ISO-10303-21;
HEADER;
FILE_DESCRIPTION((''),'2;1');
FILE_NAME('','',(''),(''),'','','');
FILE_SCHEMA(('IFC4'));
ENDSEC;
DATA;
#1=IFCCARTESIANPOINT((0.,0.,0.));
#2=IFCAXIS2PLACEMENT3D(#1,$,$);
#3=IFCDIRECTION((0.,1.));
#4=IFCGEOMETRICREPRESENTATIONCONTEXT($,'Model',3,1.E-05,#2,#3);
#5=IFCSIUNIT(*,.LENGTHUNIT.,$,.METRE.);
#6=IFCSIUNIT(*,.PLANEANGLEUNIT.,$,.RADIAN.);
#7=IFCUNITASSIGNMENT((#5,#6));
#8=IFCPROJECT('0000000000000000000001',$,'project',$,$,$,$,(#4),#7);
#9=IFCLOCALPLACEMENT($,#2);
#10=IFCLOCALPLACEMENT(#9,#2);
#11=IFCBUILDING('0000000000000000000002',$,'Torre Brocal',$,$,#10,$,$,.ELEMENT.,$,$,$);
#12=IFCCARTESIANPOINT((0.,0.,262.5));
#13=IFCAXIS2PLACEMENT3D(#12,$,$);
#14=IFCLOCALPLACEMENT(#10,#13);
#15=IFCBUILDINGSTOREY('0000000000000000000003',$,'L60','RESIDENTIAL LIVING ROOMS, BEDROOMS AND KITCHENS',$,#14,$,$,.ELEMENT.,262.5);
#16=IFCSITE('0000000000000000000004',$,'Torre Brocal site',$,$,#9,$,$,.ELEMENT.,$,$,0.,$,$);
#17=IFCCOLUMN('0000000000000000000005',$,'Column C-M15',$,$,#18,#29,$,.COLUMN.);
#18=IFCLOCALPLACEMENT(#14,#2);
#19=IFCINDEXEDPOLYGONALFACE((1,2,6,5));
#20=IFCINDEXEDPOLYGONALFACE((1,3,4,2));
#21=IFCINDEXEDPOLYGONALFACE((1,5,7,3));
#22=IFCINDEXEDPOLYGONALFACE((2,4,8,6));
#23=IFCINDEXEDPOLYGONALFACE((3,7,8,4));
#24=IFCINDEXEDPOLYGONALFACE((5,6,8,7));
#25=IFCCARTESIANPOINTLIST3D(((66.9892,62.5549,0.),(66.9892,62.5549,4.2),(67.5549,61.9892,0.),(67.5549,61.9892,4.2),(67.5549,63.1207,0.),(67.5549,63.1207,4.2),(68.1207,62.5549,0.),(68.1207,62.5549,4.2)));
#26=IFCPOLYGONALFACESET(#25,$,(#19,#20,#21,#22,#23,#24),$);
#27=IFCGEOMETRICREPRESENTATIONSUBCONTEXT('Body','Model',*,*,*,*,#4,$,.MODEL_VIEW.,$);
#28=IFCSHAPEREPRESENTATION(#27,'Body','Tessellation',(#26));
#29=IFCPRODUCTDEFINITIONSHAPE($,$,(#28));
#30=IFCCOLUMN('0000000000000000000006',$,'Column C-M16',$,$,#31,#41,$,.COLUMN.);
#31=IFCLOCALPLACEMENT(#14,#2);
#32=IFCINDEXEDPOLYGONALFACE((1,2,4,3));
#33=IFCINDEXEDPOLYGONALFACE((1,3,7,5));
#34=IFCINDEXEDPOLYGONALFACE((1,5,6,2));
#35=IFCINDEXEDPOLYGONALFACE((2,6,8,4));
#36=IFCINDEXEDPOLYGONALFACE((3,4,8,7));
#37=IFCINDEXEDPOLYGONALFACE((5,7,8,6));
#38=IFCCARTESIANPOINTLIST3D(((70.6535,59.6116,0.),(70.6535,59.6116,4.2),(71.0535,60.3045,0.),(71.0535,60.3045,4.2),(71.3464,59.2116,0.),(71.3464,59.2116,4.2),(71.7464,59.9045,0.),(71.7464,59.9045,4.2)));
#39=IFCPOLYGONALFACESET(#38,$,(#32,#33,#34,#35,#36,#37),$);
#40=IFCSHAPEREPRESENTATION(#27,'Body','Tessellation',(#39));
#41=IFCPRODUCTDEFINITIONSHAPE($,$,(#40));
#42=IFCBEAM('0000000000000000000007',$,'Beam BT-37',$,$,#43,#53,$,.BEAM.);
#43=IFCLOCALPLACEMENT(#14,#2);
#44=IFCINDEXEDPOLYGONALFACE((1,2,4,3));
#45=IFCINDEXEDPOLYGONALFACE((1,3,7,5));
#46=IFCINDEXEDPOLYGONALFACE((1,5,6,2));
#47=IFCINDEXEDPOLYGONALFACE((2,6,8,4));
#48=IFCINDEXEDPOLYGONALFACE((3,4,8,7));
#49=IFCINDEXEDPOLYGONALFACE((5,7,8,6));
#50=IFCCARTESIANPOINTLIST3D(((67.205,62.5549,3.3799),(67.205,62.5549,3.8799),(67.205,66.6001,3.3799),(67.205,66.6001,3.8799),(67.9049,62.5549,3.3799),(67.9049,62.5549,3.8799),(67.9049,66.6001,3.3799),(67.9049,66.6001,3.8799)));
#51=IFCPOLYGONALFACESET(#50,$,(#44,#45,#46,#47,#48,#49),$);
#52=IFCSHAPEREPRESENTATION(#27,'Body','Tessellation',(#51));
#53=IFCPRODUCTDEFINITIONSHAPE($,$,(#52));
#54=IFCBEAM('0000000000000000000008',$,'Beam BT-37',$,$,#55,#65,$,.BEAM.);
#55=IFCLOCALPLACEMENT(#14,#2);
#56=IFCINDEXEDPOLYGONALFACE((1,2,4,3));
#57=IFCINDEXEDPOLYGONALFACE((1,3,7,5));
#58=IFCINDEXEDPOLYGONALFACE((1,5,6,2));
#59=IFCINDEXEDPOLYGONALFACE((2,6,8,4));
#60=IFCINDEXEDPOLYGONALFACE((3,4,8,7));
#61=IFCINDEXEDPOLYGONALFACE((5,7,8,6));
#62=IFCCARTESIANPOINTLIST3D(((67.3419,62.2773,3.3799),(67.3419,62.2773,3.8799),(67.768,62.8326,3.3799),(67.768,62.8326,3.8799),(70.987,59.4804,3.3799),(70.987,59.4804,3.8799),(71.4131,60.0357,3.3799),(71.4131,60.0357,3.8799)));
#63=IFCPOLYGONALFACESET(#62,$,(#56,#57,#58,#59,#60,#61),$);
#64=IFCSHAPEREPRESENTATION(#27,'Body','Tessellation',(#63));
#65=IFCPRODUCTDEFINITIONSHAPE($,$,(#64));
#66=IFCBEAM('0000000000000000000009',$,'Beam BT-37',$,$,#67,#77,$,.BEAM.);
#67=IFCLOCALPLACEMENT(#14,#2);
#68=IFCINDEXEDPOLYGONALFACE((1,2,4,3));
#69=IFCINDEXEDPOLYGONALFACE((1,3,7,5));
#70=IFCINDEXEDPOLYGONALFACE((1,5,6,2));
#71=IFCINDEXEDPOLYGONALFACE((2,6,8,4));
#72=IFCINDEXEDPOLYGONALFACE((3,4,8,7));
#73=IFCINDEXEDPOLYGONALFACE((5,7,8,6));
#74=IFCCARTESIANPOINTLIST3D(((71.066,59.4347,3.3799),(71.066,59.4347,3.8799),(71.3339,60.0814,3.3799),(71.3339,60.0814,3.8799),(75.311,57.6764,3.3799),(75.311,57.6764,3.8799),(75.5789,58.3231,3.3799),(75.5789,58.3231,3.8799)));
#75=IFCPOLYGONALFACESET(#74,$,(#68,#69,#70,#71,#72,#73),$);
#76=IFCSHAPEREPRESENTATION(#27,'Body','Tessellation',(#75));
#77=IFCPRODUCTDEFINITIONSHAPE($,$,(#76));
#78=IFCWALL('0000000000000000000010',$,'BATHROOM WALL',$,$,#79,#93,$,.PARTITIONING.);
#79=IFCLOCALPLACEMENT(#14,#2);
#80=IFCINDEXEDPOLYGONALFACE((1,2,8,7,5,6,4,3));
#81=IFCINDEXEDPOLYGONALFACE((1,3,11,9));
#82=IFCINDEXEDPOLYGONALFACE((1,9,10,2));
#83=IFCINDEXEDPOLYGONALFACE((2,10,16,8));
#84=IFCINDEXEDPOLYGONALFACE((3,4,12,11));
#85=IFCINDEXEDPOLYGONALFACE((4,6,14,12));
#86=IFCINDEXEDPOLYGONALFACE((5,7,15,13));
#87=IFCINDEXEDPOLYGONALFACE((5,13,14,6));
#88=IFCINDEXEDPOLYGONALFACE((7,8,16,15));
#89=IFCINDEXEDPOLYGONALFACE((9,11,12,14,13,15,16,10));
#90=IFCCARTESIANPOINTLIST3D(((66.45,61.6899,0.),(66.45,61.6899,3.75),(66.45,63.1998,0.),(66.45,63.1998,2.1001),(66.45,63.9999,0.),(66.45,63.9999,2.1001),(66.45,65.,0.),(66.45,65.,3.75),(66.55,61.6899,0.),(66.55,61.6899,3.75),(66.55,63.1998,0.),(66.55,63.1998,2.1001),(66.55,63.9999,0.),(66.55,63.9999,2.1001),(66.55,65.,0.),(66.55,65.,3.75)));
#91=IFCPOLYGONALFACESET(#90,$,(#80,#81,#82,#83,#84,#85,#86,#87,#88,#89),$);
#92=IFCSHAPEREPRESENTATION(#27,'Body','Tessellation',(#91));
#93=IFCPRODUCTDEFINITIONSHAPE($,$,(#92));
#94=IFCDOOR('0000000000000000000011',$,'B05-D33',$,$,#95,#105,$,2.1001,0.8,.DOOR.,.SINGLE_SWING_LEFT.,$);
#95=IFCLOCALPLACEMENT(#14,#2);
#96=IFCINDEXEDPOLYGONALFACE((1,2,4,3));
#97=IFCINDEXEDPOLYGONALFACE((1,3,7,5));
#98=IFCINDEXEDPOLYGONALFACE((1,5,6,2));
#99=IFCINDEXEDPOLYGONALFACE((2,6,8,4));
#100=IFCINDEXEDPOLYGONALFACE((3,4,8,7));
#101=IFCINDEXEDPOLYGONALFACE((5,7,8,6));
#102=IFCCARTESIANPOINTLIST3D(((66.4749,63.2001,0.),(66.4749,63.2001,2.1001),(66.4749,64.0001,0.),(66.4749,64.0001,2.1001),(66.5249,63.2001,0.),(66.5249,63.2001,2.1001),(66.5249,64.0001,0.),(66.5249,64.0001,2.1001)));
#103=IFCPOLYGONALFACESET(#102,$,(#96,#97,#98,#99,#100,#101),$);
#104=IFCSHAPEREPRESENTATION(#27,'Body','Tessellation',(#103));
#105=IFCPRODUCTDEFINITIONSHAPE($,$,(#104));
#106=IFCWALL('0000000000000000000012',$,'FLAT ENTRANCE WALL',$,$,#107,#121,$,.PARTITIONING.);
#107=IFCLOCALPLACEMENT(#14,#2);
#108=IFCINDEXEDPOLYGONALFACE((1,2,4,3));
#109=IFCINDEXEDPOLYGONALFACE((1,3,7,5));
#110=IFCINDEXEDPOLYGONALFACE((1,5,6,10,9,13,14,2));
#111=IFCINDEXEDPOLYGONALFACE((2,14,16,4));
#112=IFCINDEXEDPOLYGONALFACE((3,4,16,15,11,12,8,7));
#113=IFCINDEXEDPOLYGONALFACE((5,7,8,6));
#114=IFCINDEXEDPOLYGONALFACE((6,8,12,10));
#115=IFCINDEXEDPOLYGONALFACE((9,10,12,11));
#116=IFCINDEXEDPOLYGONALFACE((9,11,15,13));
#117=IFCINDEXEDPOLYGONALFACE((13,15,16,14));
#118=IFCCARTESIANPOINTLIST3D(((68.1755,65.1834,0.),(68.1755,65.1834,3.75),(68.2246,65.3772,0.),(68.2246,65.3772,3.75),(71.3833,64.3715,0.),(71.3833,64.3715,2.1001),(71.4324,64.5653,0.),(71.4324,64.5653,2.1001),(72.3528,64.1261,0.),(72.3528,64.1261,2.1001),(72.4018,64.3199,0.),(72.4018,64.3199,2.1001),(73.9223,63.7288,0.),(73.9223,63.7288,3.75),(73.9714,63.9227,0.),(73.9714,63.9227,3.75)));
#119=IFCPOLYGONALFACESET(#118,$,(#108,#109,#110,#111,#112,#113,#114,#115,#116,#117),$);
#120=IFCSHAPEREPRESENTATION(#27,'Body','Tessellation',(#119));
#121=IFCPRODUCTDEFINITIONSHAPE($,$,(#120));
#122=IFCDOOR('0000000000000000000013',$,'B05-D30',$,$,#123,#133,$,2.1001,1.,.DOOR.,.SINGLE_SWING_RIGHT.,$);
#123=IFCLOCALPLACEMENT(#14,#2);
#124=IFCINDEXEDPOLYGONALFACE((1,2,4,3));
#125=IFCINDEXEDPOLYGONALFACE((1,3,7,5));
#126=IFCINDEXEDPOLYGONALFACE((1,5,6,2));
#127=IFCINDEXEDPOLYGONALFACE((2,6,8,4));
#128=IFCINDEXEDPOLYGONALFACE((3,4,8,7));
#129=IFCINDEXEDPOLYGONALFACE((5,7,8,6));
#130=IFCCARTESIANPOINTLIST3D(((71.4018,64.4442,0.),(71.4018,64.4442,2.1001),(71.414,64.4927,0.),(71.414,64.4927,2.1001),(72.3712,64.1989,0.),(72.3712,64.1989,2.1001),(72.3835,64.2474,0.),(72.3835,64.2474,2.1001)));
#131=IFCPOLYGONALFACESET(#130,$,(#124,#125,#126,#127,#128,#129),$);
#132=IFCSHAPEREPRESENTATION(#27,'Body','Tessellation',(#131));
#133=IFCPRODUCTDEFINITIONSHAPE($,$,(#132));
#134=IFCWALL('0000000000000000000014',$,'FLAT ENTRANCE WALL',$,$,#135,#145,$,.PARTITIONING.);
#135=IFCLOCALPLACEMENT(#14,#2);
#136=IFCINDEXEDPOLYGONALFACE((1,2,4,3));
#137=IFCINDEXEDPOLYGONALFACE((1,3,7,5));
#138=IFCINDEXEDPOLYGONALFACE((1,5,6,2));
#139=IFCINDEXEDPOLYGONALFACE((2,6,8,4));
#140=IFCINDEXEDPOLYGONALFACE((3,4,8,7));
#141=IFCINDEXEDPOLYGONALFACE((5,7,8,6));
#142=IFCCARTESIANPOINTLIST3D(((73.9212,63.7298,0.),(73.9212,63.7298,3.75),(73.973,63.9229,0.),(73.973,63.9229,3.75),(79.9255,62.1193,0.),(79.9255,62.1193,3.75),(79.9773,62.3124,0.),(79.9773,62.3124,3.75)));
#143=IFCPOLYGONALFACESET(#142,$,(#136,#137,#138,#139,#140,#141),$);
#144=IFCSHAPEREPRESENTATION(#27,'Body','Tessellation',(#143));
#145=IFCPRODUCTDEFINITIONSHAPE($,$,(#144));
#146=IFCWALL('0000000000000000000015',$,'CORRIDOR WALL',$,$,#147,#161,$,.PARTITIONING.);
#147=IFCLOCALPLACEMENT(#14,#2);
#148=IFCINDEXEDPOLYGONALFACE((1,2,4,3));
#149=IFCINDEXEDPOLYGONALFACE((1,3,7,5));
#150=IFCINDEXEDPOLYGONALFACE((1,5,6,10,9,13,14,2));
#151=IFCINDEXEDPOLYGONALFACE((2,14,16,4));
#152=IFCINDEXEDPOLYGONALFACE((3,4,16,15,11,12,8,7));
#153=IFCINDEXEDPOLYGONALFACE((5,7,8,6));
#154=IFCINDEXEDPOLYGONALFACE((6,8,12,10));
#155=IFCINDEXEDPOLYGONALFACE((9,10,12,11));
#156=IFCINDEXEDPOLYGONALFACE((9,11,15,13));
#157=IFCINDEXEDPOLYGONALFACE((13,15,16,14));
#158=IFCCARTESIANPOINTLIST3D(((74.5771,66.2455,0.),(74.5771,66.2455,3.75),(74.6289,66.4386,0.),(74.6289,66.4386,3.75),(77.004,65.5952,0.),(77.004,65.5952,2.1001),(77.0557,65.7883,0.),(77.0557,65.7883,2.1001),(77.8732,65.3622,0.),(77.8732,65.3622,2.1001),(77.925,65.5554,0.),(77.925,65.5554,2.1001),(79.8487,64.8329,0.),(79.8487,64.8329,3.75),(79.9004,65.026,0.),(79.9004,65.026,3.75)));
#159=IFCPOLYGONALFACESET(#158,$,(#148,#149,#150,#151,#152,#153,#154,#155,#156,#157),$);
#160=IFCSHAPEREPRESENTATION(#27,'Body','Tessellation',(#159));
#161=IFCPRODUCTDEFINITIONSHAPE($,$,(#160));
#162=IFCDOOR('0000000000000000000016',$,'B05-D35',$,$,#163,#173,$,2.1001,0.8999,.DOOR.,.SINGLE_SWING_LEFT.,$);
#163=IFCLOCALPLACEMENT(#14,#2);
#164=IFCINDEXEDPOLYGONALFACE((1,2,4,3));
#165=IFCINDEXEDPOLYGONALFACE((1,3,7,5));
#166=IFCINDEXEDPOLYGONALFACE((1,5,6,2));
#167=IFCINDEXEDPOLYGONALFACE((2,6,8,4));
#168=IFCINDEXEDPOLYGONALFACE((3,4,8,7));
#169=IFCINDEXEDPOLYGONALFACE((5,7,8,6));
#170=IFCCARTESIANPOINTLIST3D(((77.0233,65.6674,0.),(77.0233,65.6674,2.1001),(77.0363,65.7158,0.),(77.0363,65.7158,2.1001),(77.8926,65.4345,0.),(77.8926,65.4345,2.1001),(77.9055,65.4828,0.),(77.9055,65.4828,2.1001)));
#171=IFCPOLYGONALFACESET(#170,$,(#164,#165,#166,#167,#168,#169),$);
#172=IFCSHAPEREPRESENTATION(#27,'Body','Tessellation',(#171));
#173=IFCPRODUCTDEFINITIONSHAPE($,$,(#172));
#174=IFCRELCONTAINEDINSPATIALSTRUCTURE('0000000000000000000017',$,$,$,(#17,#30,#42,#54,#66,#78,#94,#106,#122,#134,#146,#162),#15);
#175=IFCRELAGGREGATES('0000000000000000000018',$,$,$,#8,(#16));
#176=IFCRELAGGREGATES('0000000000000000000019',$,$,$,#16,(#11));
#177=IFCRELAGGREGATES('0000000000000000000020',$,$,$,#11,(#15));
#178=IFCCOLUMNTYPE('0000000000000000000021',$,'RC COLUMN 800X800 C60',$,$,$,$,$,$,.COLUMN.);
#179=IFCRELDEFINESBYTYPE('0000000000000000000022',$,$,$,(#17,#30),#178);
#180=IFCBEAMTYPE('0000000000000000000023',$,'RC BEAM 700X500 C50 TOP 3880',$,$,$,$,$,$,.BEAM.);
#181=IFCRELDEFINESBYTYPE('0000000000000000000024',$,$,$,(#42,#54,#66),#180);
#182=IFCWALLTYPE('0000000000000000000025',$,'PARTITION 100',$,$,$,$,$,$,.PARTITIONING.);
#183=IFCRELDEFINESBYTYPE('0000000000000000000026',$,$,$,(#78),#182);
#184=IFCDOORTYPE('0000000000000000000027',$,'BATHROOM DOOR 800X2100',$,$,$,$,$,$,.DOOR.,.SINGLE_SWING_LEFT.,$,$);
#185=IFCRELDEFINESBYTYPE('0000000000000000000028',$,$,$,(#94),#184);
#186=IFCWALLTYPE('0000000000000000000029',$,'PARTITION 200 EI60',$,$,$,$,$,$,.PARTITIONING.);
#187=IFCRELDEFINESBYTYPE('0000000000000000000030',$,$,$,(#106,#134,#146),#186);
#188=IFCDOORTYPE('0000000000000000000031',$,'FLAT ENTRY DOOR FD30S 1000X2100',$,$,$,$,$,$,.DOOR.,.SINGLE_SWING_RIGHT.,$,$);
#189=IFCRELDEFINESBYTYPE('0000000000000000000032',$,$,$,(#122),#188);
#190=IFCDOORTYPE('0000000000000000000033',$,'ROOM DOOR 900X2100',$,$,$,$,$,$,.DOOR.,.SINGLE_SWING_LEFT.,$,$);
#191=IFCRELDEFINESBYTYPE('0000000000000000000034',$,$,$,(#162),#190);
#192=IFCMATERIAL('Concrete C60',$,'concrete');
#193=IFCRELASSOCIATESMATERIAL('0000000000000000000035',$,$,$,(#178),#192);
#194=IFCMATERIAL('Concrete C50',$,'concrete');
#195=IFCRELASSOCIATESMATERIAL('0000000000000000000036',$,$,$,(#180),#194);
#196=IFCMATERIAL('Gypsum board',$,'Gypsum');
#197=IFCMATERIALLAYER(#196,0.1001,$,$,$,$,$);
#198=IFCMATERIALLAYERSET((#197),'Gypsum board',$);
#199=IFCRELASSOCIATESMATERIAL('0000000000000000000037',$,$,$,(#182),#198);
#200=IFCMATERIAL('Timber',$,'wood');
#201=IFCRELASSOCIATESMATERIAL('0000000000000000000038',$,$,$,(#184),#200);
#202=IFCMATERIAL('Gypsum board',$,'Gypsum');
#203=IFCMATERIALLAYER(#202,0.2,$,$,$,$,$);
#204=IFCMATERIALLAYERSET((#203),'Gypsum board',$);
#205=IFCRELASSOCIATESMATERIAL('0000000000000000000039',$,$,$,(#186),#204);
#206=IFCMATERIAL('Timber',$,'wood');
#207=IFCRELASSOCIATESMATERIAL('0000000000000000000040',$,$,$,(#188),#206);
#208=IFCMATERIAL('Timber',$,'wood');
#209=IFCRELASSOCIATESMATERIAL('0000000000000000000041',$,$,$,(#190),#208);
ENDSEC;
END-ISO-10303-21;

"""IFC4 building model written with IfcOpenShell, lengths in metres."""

from ifc_helpers import new_model, si_unit, direction, frame, frame_2d, origin, origin_2d, place, context, subcontext, project, spatial, rectangle, extrude, material, layer, layer_set, material_profile, profile_set, type_object, element, fill, save


model = new_model("IFC4")

# Units and contexts
model_context = context("Model", 3, precision=1e-05, world=origin(), true_north=direction((0.0, 1.0)))
body_context = subcontext(model_context, "Body", "Model", "MODEL_VIEW")
ifc_project = project(units=[si_unit("LENGTHUNIT", "METRE"), si_unit("PLANEANGLEUNIT", "RADIAN")], contexts=[model_context])

# Site, building, storey
site_placement = place(None, origin())
site = spatial("IfcSite", under=ifc_project, at=site_placement, Name="Torre Brocal site", CompositionType="ELEMENT", RefElevation=0.0)
building_placement = place(site_placement, origin())
building = spatial("IfcBuilding", under=site, at=building_placement, Name="Torre Brocal", CompositionType="ELEMENT")
storey_placement = place(building_placement, frame((0.0, 0.0, 262.5)))
storey = spatial("IfcBuildingStorey", under=building, at=storey_placement, Name="L60", Description="RESIDENTIAL LIVING ROOMS, BEDROOMS AND KITCHENS", CompositionType="ELEMENT", Elevation=262.5)

# Columns
ifc_material_1 = material(Name="Concrete C60", Category="concrete")
ifc_material_profile_1 = material_profile(ifc_material_1, rectangle(XDim=0.8, YDim=0.8, at=origin_2d()), Name="RC 800X800")
ifc_profile_set_1 = profile_set([ifc_material_profile_1], Name="Concrete C60")
column_type = type_object("IfcColumnType", Name="RC COLUMN 800X800 C60", PredefinedType="COLUMN", material=ifc_profile_set_1)
for number, where, z_axis, x_axis, name in (
    (1, (67.5549, 62.5549, 0.0), (0.0, 0.0, 1.0), (-0.707107, -0.707107, 0.0), "Column C-M15"),
    (2, (71.2, 59.7581, 0.0), (0.0, 0.0, 1.0), (-0.5, -0.866025, 0.0), "Column C-M16"),
):
    element("IfcColumn", number, at=place(storey_placement, frame(where, z_axis=z_axis, x_axis=x_axis)), inside=storey, type_object=column_type, Name=name, PredefinedType="COLUMN", context=body_context, shape_type="SweptSolid", body=[
        extrude(rectangle(XDim=0.8, YDim=0.8, at=origin_2d()), origin(), (0.0, 0.0, 1.0), 4.2),
    ])

# Beams
ifc_material_2 = material(Name="Concrete C50", Category="concrete")
ifc_material_profile_2 = material_profile(ifc_material_2, rectangle(XDim=0.7, YDim=0.5, at=origin_2d()), Name="RC 700X500")
ifc_profile_set_2 = profile_set([ifc_material_profile_2], Name="Concrete C50")
beam_type = type_object("IfcBeamType", Name="RC BEAM 700X500 C50 TOP 3880", PredefinedType="BEAM", material=ifc_profile_set_2)
beam_1_placement = place(storey_placement, frame((67.5549, 62.5549, 3.6299), z_axis=(0.0, 1.0, 0.0), x_axis=(-1.0, 0.0, 0.0)))
element("IfcBeam", 3, at=beam_1_placement, inside=storey, type_object=beam_type, Name="Beam BT-37", PredefinedType="BEAM", context=body_context, shape_type="SweptSolid", body=[
    extrude(rectangle(XDim=0.7, YDim=0.5, at=origin_2d()), origin(), (0.0, 0.0, 1.0), 4.0452),
])
beam_2_placement = place(storey_placement, frame((67.5549, 62.5549, 3.6299), z_axis=(0.793358, -0.608755, 0.0), x_axis=(0.608755, 0.793358, 0.0)))
element("IfcBeam", 4, at=beam_2_placement, inside=storey, type_object=beam_type, Name="Beam BT-37", PredefinedType="BEAM", context=body_context, shape_type="SweptSolid", body=[
    extrude(rectangle(XDim=0.7, YDim=0.5, at=origin_2d()), origin(), (0.0, 0.0, 1.0), 4.5945),
])
beam_3_placement = place(storey_placement, frame((71.2, 59.7581, 3.6299), z_axis=(0.923878, -0.382687, 0.0), x_axis=(0.382687, 0.923878, 0.0)))
element("IfcBeam", 5, at=beam_3_placement, inside=storey, type_object=beam_type, Name="Beam BT-37", PredefinedType="BEAM", context=body_context, shape_type="SweptSolid", body=[
    extrude(rectangle(XDim=0.7, YDim=0.5, at=origin_2d()), origin(), (0.0, 0.0, 1.0), 4.5947),
])

# Walls, openings, doors
ifc_material_3 = material(Name="Gypsum board", Category="Gypsum")
ifc_layer_1 = layer(ifc_material_3, 0.1001)
ifc_layer_set_1 = layer_set([ifc_layer_1], Name="Gypsum board")
wall_type_1 = type_object("IfcWallType", Name="PARTITION 100", PredefinedType="PARTITIONING", material=ifc_layer_set_1)
wall_1_placement = place(storey_placement, frame((66.5, 61.6899, 0.0), z_axis=(0.0, 0.0, 1.0), x_axis=(0.0, 1.0, 0.0)))
wall_1 = element("IfcWall", 6, at=wall_1_placement, inside=storey, type_object=wall_type_1, Name="BATHROOM WALL", PredefinedType="PARTITIONING", context=body_context, shape_type="SweptSolid", body=[
    extrude(rectangle(XDim=3.3101, YDim=0.1001, at=frame_2d((1.655, 0.0))), origin(), (0.0, 0.0, 1.0), 3.75),
])
opening_1_placement = place(wall_1_placement, frame((1.51, 0.0, 0.0)))
opening_1 = element("IfcOpeningElement", 7, at=opening_1_placement, cuts=wall_1, PredefinedType="OPENING", context=body_context, shape_type="SweptSolid", body=[
    extrude(rectangle(XDim=0.8, YDim=2.1001, at=frame_2d((0.3999, 1.05))), frame((0.0, 0.0601, 0.0), z_axis=(0.0, -1.0, 0.0), x_axis=(1.0, 0.0, 0.0)), (0.0, 0.0, 1.0), 0.1201),
])
ifc_material_4 = material(Name="Timber", Category="wood")
door_type_1 = type_object("IfcDoorType", Name="BATHROOM DOOR 800X2100", OperationType="SINGLE_SWING_LEFT", PredefinedType="DOOR", material=ifc_material_4)
door_1_placement = place(opening_1_placement, frame((0.8, 0.0, 0.0), z_axis=(0.0, 0.0, 1.0), x_axis=(-1.0, 0.0, 0.0)))
door_1 = element("IfcDoor", 8, at=door_1_placement, inside=storey, type_object=door_type_1, Name="B05-D33", OperationType="SINGLE_SWING_LEFT", OverallHeight=2.1001, OverallWidth=0.8, PredefinedType="DOOR", context=body_context, shape_type="SweptSolid", body=[
    extrude(rectangle(XDim=0.8, YDim=2.1001, at=frame_2d((0.3999, 1.05))), frame((0.0, 0.0249, 0.0), z_axis=(0.0, -1.0, 0.0), x_axis=(1.0, 0.0, 0.0)), (0.0, 0.0, 1.0), 0.05),
])
fill(opening_1, door_1)
ifc_material_5 = material(Name="Gypsum board", Category="Gypsum")
ifc_layer_2 = layer(ifc_material_5, 0.2)
ifc_layer_set_2 = layer_set([ifc_layer_2], Name="Gypsum board")
wall_type_2 = type_object("IfcWallType", Name="PARTITION 200 EI60", PredefinedType="PARTITIONING", material=ifc_layer_set_2)
wall_2_placement = place(storey_placement, frame((68.2002, 65.2803, 0.0), z_axis=(0.0, 0.0, 1.0), x_axis=(0.969429, -0.245374, 0.0)))
wall_2 = element("IfcWall", 9, at=wall_2_placement, inside=storey, type_object=wall_type_2, Name="FLAT ENTRANCE WALL", PredefinedType="PARTITIONING", context=body_context, shape_type="SweptSolid", body=[
    extrude(rectangle(XDim=5.928, YDim=0.2, at=frame_2d((2.9639, 0.0))), origin(), (0.0, 0.0, 1.0), 3.75),
])
opening_2_placement = place(wall_2_placement, frame((3.3088, 0.0, 0.0)))
opening_2 = element("IfcOpeningElement", 10, at=opening_2_placement, cuts=wall_2, PredefinedType="OPENING", context=body_context, shape_type="SweptSolid", body=[
    extrude(rectangle(XDim=1.0, YDim=2.1001, at=frame_2d((0.5, 1.05))), frame((0.0, 0.1099, 0.0), z_axis=(0.0, -1.0, 0.0), x_axis=(1.0, 0.0, 0.0)), (0.0, 0.0, 1.0), 0.22),
])
ifc_material_6 = material(Name="Timber", Category="wood")
door_type_2 = type_object("IfcDoorType", Name="FLAT ENTRY DOOR FD30S 1000X2100", OperationType="SINGLE_SWING_RIGHT", PredefinedType="DOOR", material=ifc_material_6)
door_2_placement = place(opening_2_placement, frame((1.0, 0.0, 0.0), z_axis=(0.0, 0.0, 1.0), x_axis=(-1.0, 0.0, 0.0)))
door_2 = element("IfcDoor", 11, at=door_2_placement, inside=storey, type_object=door_type_2, Name="B05-D30", OperationType="SINGLE_SWING_RIGHT", OverallHeight=2.1001, OverallWidth=1.0, PredefinedType="DOOR", context=body_context, shape_type="SweptSolid", body=[
    extrude(rectangle(XDim=1.0, YDim=2.1001, at=frame_2d((0.5, 1.05))), frame((0.0, 0.0249, 0.0), z_axis=(0.0, -1.0, 0.0), x_axis=(1.0, 0.0, 0.0)), (0.0, 0.0, 1.0), 0.05),
])
fill(opening_2, door_2)

# Wall
wall_3_placement = place(storey_placement, frame((73.947, 63.8264, 0.0), z_axis=(0.0, 0.0, 1.0), x_axis=(0.965857, -0.259078, 0.0)))
element("IfcWall", 12, at=wall_3_placement, inside=storey, type_object=wall_type_2, Name="FLAT ENTRANCE WALL", PredefinedType="PARTITIONING", context=body_context, shape_type="SweptSolid", body=[
    extrude(rectangle(XDim=6.2166, YDim=0.2, at=frame_2d((3.1084, 0.0))), origin(), (0.0, 0.0, 1.0), 3.75),
])

# Wall, opening, door
wall_4_placement = place(storey_placement, frame((74.603, 66.342, 0.0), z_axis=(0.0, 0.0, 1.0), x_axis=(0.965921, -0.258837, 0.0)))
wall_4 = element("IfcWall", 13, at=wall_4_placement, inside=storey, type_object=wall_type_2, Name="CORRIDOR WALL", PredefinedType="PARTITIONING", context=body_context, shape_type="SweptSolid", body=[
    extrude(rectangle(XDim=5.4575, YDim=0.2, at=frame_2d((2.7288, 0.0))), origin(), (0.0, 0.0, 1.0), 3.75),
])
opening_3_placement = place(wall_4_placement, frame((2.5125, 0.0, 0.0)))
opening_3 = element("IfcOpeningElement", 14, at=opening_3_placement, cuts=wall_4, PredefinedType="OPENING", context=body_context, shape_type="SweptSolid", body=[
    extrude(rectangle(XDim=0.8999, YDim=2.1001, at=frame_2d((0.45, 1.05))), frame((0.0, 0.1099, 0.0), z_axis=(0.0, -1.0, 0.0), x_axis=(1.0, 0.0, 0.0)), (0.0, 0.0, 1.0), 0.22),
])
ifc_material_7 = material(Name="Timber", Category="wood")
door_type_3 = type_object("IfcDoorType", Name="ROOM DOOR 900X2100", OperationType="SINGLE_SWING_LEFT", PredefinedType="DOOR", material=ifc_material_7)
door_3_placement = place(opening_3_placement, origin())
door_3 = element("IfcDoor", 15, at=door_3_placement, inside=storey, type_object=door_type_3, Name="B05-D35", OperationType="SINGLE_SWING_LEFT", OverallHeight=2.1001, OverallWidth=0.8999, PredefinedType="DOOR", context=body_context, shape_type="SweptSolid", body=[
    extrude(rectangle(XDim=0.8999, YDim=2.1001, at=frame_2d((0.45, 1.05))), frame((0.0, 0.0249, 0.0), z_axis=(0.0, -1.0, 0.0), x_axis=(1.0, 0.0, 0.0)), (0.0, 0.0, 1.0), 0.05),
])
fill(opening_3, door_3)

save(model, "model.ifc")
